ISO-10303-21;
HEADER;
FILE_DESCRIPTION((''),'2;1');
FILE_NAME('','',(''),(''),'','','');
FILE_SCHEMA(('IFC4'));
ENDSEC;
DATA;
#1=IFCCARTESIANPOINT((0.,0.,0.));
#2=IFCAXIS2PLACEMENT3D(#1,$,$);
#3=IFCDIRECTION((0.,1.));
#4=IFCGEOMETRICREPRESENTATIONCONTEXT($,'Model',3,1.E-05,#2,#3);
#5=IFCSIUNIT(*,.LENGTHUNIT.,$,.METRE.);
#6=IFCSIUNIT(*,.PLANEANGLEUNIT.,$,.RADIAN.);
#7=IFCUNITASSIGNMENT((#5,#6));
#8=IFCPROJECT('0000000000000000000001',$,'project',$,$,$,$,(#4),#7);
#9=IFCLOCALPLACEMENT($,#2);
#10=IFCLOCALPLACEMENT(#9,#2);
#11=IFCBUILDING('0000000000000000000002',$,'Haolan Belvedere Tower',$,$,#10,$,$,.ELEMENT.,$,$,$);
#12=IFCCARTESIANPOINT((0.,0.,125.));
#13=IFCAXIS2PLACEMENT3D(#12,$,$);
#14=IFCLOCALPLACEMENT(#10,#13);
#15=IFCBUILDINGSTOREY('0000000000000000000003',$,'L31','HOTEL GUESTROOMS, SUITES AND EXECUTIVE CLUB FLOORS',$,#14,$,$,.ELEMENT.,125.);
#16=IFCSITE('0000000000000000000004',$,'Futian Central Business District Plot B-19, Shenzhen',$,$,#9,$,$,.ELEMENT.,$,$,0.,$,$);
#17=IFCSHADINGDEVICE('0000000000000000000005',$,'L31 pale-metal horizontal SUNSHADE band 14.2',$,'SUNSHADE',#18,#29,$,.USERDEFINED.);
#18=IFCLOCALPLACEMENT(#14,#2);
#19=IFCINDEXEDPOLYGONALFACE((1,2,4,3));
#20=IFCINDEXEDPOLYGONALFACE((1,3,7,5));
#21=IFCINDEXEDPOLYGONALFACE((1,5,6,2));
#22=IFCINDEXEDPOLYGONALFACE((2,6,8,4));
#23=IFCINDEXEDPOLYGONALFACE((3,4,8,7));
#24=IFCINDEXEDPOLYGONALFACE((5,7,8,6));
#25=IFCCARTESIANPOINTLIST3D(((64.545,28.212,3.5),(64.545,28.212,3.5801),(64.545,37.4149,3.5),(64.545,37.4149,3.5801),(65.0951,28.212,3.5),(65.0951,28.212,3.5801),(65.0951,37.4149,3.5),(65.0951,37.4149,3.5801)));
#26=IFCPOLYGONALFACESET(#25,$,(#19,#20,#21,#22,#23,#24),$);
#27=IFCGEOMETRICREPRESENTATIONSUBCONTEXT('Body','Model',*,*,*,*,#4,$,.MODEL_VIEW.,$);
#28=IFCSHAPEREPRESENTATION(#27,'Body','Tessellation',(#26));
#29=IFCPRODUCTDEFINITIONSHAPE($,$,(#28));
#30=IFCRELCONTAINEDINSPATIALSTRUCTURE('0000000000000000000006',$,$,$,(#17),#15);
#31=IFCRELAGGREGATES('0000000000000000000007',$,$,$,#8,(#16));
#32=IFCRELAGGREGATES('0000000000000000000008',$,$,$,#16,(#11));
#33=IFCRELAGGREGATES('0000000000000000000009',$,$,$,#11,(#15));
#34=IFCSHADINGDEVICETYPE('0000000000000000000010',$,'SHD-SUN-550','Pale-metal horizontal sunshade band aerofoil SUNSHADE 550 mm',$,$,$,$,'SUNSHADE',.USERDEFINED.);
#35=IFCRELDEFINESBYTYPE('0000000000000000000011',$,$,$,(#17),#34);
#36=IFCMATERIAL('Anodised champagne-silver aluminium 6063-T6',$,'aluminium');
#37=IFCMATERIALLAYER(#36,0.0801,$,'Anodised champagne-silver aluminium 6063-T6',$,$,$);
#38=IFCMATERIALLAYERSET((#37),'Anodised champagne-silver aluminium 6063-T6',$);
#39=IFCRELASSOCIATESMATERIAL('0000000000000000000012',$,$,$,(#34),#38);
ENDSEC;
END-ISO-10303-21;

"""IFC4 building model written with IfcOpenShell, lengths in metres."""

from ifc_helpers import new_model, si_unit, direction, frame, origin, origin_2d, place, context, subcontext, project, spatial, rectangle, extrude, material, layer, layer_set, type_object, element, save


model = new_model("IFC4")

# Units and contexts
model_context = context("Model", 3, precision=1e-05, world=origin(), true_north=direction((0.0, 1.0)))
body_context = subcontext(model_context, "Body", "Model", "MODEL_VIEW")
ifc_project = project(units=[si_unit("LENGTHUNIT", "METRE"), si_unit("PLANEANGLEUNIT", "RADIAN")], contexts=[model_context])

# Site, building, storey
site_placement = place(None, origin())
site = spatial("IfcSite", under=ifc_project, at=site_placement, Name="Futian Central Business District Plot B-19, Shenzhen", CompositionType="ELEMENT", RefElevation=0.0)
building_placement = place(site_placement, origin())
building = spatial("IfcBuilding", under=site, at=building_placement, Name="Haolan Belvedere Tower", CompositionType="ELEMENT")
storey_placement = place(building_placement, frame((0.0, 0.0, 125.0)))
storey = spatial("IfcBuildingStorey", under=building, at=storey_placement, Name="L31", Description="HOTEL GUESTROOMS, SUITES AND EXECUTIVE CLUB FLOORS", CompositionType="ELEMENT", Elevation=125.0)

# Shading device
ifc_material_1 = material(Name="Anodised champagne-silver aluminium 6063-T6", Category="aluminium")
ifc_layer_1 = layer(ifc_material_1, 0.0801, Name="Anodised champagne-silver aluminium 6063-T6")
ifc_layer_set_1 = layer_set([ifc_layer_1], Name="Anodised champagne-silver aluminium 6063-T6")
shading_device_type = type_object("IfcShadingDeviceType", Name="SHD-SUN-550", Description="Pale-metal horizontal sunshade band aerofoil SUNSHADE 550 mm", ElementType="SUNSHADE", PredefinedType="USERDEFINED", material=ifc_layer_set_1)
shading_device_placement = place(storey_placement, frame((64.8201, 32.8135, 3.5), z_axis=(0.0, 0.0, 1.0), x_axis=(0.0, 1.0, 0.0)))
element("IfcShadingDevice", 1, at=shading_device_placement, inside=storey, type_object=shading_device_type, Name="L31 pale-metal horizontal SUNSHADE band 14.2", ObjectType="SUNSHADE", PredefinedType="USERDEFINED", context=body_context, shape_type="SweptSolid", body=[
    extrude(rectangle(XDim=9.2029, YDim=0.55, at=origin_2d()), origin(), (0.0, 0.0, 1.0), 0.0801),
])

save(model, "model.ifc")
